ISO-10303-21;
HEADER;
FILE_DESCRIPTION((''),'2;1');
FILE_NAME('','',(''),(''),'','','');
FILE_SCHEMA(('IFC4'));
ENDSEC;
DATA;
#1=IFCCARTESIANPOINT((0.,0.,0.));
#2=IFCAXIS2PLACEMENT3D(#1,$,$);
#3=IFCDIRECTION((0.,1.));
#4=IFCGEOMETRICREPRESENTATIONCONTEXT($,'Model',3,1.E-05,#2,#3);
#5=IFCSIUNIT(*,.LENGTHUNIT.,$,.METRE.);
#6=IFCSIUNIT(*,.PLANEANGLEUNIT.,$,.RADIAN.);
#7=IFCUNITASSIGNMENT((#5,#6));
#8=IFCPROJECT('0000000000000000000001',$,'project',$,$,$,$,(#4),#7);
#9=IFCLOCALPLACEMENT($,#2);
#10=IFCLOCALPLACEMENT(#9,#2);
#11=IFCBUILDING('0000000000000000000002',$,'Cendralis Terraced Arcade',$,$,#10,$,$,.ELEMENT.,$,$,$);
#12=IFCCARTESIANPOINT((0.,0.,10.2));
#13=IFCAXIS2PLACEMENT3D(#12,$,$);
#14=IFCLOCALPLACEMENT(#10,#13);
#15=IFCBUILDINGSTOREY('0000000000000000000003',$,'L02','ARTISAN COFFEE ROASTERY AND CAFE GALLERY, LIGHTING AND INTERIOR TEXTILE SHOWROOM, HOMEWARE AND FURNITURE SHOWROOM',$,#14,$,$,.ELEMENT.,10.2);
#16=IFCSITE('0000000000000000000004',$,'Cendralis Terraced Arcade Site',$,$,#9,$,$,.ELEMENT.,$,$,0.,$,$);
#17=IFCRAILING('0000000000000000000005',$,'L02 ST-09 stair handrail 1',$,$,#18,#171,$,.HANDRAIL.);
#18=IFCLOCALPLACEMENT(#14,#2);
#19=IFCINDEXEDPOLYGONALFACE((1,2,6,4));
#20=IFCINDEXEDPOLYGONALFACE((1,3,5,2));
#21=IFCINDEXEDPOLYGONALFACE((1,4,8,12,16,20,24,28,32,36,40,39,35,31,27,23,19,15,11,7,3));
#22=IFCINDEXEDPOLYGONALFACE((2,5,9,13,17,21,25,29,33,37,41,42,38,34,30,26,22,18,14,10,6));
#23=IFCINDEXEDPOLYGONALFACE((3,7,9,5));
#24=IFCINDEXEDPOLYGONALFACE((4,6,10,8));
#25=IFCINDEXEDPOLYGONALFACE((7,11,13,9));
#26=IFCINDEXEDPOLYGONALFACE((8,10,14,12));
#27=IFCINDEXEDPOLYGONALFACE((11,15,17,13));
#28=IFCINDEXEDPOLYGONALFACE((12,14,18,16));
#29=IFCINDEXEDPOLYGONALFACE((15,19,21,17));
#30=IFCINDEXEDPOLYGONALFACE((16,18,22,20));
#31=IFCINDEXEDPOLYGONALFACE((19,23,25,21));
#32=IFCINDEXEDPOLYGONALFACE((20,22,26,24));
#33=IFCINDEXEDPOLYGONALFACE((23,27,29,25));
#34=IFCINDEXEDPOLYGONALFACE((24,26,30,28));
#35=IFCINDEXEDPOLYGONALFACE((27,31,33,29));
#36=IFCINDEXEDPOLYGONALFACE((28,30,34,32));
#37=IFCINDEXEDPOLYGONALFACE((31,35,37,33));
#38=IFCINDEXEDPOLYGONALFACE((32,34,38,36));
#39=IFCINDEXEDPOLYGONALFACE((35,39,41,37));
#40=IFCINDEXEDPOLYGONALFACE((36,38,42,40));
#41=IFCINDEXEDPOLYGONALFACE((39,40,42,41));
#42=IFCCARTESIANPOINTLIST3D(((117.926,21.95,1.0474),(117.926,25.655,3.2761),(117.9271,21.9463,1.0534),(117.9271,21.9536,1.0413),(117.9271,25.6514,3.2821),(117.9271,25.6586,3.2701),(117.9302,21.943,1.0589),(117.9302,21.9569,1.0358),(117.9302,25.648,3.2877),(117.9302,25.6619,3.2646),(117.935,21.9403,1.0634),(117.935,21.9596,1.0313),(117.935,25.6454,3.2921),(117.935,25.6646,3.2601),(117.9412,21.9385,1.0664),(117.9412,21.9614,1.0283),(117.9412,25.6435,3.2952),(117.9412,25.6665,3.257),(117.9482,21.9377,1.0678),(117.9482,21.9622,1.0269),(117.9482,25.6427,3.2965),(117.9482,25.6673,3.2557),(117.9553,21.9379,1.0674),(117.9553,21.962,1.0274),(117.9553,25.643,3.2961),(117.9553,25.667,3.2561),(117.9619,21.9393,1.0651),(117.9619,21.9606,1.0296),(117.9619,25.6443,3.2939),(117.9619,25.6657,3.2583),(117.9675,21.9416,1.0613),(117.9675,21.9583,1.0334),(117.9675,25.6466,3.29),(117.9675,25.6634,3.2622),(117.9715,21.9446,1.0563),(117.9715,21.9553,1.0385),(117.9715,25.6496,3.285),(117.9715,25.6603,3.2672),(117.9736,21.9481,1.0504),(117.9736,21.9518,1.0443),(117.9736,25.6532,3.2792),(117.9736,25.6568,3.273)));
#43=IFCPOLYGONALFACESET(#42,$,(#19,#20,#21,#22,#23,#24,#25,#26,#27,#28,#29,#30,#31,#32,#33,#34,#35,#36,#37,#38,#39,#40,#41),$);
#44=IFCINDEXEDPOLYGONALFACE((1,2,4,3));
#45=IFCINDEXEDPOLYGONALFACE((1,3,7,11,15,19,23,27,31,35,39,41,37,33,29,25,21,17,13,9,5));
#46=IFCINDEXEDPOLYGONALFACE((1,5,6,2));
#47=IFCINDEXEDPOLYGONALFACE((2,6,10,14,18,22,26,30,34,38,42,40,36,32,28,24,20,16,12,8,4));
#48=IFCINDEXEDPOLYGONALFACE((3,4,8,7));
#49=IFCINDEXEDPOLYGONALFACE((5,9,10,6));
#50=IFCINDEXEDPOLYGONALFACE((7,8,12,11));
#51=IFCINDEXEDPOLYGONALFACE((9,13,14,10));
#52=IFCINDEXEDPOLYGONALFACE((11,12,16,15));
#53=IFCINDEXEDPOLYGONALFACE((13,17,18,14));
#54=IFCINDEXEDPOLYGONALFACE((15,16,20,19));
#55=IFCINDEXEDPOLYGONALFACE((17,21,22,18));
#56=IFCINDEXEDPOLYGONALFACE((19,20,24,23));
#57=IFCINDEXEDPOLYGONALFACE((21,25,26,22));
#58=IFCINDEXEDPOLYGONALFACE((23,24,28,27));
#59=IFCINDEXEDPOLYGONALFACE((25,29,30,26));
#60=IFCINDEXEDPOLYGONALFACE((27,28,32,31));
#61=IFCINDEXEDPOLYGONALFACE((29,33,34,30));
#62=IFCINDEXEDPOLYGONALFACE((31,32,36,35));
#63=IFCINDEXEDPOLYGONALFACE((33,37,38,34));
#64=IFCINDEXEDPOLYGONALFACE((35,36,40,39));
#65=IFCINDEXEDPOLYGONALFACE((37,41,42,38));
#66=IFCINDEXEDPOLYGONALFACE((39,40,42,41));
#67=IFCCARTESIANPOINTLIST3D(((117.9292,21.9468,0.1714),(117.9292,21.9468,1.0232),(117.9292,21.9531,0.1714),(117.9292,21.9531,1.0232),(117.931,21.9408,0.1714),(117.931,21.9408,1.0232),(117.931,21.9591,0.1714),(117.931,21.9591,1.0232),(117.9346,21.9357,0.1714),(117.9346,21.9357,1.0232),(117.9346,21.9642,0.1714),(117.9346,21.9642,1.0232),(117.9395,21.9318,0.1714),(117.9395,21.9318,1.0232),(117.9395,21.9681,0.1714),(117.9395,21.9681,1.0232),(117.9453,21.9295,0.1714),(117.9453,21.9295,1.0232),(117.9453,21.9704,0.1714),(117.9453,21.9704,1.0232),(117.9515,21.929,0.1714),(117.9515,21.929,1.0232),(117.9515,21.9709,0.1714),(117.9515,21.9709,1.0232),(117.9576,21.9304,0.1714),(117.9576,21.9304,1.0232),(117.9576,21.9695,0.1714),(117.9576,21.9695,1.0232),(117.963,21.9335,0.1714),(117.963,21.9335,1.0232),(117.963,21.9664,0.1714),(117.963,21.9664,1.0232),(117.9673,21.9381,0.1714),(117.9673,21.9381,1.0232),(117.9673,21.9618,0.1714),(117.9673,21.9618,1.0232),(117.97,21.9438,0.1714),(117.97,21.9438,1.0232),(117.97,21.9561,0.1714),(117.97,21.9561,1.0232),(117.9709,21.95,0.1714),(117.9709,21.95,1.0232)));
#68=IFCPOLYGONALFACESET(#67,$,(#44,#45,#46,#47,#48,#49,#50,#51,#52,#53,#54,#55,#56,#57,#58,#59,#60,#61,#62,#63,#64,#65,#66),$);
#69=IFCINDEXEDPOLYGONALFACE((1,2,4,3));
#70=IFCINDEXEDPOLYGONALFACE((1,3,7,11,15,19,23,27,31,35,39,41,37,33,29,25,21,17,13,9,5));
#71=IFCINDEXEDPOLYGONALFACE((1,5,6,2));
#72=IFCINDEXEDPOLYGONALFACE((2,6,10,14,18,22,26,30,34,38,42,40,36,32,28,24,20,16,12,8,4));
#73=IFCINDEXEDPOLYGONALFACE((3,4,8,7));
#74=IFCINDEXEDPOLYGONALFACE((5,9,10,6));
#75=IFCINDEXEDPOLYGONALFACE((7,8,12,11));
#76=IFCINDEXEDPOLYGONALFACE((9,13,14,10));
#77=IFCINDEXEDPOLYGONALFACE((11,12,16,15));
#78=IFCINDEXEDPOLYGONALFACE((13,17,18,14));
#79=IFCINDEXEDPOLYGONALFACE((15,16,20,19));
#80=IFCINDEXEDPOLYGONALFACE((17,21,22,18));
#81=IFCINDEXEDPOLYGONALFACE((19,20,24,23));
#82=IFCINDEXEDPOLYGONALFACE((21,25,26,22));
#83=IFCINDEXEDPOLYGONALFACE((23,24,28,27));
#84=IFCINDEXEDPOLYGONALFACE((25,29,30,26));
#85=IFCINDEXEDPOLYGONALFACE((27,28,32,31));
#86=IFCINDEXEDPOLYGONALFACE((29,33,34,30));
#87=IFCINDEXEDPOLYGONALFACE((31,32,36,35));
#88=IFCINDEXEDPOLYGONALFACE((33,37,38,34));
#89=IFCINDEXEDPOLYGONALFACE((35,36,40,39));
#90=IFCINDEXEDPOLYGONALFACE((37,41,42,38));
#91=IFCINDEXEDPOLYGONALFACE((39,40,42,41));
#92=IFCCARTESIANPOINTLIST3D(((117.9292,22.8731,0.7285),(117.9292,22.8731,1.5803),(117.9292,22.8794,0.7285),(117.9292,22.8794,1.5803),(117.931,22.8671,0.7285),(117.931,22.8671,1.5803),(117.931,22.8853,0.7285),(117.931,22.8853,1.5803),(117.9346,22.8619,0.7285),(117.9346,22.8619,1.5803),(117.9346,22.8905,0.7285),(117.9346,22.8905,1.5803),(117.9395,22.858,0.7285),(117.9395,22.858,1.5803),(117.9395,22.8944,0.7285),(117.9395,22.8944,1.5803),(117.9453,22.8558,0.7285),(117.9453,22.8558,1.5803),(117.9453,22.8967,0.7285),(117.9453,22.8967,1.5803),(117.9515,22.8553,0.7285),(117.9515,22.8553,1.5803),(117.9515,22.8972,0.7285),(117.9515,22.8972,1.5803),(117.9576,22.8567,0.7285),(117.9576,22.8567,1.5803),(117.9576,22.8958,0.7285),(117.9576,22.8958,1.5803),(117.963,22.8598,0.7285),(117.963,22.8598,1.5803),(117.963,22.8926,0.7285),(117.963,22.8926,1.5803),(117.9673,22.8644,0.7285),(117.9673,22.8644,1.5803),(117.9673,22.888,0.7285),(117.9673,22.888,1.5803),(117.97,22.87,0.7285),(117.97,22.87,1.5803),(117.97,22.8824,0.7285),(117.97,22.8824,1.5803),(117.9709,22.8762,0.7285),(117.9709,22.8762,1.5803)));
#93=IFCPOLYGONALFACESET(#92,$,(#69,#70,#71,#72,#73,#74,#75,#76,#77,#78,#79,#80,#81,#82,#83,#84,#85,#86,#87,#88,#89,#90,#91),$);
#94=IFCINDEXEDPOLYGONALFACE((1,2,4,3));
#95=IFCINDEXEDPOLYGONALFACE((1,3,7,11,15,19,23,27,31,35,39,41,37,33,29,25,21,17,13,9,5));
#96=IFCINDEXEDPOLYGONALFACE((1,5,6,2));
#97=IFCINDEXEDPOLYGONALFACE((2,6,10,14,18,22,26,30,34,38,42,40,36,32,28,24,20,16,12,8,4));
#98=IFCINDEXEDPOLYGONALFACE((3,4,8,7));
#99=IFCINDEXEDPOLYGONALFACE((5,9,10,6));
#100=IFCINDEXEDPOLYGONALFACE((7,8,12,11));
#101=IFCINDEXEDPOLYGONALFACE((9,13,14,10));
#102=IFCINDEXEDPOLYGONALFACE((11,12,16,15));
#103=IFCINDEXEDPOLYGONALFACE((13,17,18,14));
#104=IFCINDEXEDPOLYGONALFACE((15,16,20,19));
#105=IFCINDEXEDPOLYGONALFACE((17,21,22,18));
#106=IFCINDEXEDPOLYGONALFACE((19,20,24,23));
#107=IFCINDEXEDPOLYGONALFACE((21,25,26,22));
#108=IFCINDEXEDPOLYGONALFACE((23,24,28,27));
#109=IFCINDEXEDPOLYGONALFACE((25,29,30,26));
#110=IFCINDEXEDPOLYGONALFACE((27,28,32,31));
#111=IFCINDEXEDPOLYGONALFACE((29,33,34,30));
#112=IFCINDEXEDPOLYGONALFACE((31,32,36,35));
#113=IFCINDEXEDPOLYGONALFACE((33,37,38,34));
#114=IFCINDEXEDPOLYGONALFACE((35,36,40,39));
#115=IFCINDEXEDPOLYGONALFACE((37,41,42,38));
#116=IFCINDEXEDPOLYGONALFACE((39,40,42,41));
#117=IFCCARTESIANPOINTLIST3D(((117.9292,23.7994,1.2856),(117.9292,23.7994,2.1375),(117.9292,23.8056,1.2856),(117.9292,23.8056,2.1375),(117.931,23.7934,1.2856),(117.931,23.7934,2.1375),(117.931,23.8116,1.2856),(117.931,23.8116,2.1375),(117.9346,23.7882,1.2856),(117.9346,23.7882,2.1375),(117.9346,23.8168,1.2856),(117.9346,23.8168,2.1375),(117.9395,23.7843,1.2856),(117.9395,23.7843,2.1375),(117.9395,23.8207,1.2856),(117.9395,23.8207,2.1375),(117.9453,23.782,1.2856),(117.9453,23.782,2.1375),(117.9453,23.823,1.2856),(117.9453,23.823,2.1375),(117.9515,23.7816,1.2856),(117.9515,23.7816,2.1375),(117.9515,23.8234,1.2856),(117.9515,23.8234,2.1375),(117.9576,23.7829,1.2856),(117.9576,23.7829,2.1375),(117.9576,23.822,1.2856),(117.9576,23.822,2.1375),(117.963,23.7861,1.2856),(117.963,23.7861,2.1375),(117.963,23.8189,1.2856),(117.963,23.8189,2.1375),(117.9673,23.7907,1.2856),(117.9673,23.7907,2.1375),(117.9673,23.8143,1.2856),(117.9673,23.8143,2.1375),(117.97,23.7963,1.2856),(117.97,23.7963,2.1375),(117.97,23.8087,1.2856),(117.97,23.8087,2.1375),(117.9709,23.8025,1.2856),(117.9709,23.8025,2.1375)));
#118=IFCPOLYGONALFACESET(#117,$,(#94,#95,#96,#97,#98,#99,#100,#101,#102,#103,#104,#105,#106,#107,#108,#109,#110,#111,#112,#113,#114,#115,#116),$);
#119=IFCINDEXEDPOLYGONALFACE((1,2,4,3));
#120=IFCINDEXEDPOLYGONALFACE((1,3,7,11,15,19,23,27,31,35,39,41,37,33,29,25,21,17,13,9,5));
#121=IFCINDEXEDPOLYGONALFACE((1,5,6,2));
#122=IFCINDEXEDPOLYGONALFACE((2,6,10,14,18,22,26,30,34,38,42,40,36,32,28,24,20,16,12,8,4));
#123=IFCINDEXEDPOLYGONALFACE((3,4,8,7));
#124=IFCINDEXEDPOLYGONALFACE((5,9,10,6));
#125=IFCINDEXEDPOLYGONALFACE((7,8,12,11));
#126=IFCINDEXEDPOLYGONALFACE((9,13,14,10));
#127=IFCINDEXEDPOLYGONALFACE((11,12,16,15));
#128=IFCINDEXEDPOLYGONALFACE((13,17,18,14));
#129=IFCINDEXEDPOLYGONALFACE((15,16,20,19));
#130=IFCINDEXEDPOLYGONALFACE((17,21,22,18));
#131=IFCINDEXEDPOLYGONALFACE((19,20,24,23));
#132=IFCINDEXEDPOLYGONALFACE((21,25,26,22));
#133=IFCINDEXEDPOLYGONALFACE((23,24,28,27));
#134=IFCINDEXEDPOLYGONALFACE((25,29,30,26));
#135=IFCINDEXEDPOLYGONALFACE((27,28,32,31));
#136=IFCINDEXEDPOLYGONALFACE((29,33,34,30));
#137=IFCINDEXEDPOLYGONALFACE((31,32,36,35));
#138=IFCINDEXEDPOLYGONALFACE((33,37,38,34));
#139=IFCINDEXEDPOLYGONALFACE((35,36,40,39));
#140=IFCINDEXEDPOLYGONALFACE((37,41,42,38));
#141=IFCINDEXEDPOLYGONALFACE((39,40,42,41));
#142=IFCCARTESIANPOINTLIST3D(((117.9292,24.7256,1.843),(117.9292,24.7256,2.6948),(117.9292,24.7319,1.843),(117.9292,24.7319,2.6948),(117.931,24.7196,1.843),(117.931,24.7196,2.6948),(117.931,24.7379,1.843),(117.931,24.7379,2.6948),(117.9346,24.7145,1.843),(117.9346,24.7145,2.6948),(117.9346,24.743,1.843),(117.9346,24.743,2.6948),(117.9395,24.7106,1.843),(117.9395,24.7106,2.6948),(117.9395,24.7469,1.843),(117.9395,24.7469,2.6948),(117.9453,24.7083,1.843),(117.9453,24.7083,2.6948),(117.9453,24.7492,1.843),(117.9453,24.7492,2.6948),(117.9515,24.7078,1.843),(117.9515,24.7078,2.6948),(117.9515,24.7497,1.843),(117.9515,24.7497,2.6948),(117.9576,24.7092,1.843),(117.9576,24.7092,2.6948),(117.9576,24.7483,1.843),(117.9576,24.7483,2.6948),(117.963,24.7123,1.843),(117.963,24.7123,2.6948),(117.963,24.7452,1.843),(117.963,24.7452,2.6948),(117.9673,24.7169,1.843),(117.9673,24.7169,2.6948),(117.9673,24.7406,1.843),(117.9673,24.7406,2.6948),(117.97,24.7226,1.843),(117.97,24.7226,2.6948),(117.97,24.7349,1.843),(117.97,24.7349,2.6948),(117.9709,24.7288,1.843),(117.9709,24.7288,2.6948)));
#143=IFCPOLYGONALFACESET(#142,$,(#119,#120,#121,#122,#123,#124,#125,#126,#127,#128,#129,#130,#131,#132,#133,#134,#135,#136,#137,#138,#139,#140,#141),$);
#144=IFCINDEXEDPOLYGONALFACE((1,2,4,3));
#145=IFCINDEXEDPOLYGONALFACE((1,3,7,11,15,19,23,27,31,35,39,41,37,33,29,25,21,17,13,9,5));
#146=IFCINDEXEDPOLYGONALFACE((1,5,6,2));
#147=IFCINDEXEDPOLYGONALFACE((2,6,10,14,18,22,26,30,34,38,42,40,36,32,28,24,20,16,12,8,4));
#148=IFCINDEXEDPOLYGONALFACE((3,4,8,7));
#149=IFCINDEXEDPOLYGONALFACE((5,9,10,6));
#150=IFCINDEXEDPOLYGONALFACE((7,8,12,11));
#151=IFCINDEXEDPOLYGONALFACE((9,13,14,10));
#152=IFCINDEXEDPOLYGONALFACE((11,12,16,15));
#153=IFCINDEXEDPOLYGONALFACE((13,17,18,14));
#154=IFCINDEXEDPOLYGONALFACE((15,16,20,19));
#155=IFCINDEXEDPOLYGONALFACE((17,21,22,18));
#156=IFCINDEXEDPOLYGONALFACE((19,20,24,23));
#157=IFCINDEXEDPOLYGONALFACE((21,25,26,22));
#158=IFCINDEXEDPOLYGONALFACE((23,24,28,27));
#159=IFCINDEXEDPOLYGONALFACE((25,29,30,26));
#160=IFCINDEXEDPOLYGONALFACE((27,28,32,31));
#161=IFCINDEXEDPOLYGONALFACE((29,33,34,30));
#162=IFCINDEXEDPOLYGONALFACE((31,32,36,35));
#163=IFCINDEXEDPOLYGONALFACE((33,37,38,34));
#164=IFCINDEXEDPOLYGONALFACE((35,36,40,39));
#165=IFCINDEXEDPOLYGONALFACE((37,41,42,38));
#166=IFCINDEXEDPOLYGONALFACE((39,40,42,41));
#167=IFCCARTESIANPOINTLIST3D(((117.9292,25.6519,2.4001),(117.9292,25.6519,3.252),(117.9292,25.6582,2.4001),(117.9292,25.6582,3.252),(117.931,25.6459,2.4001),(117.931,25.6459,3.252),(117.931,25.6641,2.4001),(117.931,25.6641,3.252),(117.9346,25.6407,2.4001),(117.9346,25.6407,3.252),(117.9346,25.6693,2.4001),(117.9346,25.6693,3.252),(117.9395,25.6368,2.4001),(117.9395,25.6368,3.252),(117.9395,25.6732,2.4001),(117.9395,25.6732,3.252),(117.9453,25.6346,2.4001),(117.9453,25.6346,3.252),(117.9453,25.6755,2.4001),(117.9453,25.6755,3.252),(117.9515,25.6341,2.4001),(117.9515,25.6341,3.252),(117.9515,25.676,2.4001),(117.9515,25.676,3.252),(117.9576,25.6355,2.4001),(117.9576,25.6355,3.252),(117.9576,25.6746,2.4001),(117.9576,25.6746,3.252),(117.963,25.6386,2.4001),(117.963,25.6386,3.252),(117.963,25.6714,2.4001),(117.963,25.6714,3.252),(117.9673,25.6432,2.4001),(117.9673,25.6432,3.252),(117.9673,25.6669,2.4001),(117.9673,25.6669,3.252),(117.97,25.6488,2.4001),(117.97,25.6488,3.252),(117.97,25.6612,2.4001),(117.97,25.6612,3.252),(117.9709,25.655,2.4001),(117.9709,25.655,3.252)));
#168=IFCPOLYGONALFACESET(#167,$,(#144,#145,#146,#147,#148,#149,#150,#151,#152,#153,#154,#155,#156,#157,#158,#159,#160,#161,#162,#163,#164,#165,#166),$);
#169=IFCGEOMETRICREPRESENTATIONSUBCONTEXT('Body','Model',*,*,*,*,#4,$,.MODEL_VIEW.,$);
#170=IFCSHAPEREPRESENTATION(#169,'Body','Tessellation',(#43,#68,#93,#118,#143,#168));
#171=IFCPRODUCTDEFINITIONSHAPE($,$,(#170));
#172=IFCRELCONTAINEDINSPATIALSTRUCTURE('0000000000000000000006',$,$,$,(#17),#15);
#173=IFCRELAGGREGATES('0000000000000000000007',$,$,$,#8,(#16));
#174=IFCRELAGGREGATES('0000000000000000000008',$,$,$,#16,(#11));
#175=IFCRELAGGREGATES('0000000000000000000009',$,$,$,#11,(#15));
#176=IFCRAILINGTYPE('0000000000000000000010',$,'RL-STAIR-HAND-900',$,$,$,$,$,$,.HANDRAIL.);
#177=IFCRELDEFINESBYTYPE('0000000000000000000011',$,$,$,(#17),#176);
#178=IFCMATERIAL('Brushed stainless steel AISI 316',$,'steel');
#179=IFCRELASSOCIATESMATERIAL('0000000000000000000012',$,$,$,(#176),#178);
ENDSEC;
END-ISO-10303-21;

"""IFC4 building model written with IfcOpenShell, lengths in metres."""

from ifc_helpers import new_model, si_unit, direction, frame, origin, origin_2d, place, context, subcontext, project, spatial, circle, extrude, material, type_object, element, save


model = new_model("IFC4")

# Units and contexts
model_context = context("Model", 3, precision=1e-05, world=origin(), true_north=direction((0.0, 1.0)))
body_context = subcontext(model_context, "Body", "Model", "MODEL_VIEW")
ifc_project = project(units=[si_unit("LENGTHUNIT", "METRE"), si_unit("PLANEANGLEUNIT", "RADIAN")], contexts=[model_context])

# Site, building, storey
site_placement = place(None, origin())
site = spatial("IfcSite", under=ifc_project, at=site_placement, Name="Cendralis Terraced Arcade Site", CompositionType="ELEMENT", RefElevation=0.0)
building_placement = place(site_placement, origin())
building = spatial("IfcBuilding", under=site, at=building_placement, Name="Cendralis Terraced Arcade", CompositionType="ELEMENT")
storey_placement = place(building_placement, frame((0.0, 0.0, 10.2)))
storey = spatial("IfcBuildingStorey", under=building, at=storey_placement, Name="L02", Description="ARTISAN COFFEE ROASTERY AND CAFE GALLERY, LIGHTING AND INTERIOR TEXTILE SHOWROOM, HOMEWARE AND FURNITURE SHOWROOM", CompositionType="ELEMENT", Elevation=10.2)

# Railing
ifc_material_1 = material(Name="Brushed stainless steel AISI 316", Category="steel")
railing_type_1 = type_object("IfcRailingType", Name="RL-STAIR-HAND-900", PredefinedType="HANDRAIL", material=ifc_material_1)
railing_1_placement = place(storey_placement, frame((117.95, 21.95, 0.1714)))
element("IfcRailing", 1, at=railing_1_placement, inside=storey, type_object=railing_type_1, Name="L02 ST-09 stair handrail 1", PredefinedType="HANDRAIL", context=body_context, shape_type="SweptSolid", body=[
    extrude(circle(Radius=0.0239, at=origin_2d()), frame((0.0, 0.0, 0.876), z_axis=(0.0, 0.856909, 0.515467), x_axis=(-1.0, 0.0, 0.0)), (0.0, 0.0, 1.0), 4.3237),
    extrude(circle(Radius=0.021, at=origin_2d()), origin(), (0.0, 0.0, 1.0), 0.8518),
    extrude(circle(Radius=0.021, at=origin_2d()), frame((0.0, 0.9263, 0.5571)), (0.0, 0.0, 1.0), 0.8518),
    extrude(circle(Radius=0.021, at=origin_2d()), frame((0.0, 1.8525, 1.1143)), (0.0, 0.0, 1.0), 0.8518),
    extrude(circle(Radius=0.021, at=origin_2d()), frame((0.0, 2.7788, 1.6716)), (0.0, 0.0, 1.0), 0.8518),
    extrude(circle(Radius=0.021, at=origin_2d()), frame((0.0, 3.7051, 2.2288)), (0.0, 0.0, 1.0), 0.8518),
])

save(model, "model.ifc")
